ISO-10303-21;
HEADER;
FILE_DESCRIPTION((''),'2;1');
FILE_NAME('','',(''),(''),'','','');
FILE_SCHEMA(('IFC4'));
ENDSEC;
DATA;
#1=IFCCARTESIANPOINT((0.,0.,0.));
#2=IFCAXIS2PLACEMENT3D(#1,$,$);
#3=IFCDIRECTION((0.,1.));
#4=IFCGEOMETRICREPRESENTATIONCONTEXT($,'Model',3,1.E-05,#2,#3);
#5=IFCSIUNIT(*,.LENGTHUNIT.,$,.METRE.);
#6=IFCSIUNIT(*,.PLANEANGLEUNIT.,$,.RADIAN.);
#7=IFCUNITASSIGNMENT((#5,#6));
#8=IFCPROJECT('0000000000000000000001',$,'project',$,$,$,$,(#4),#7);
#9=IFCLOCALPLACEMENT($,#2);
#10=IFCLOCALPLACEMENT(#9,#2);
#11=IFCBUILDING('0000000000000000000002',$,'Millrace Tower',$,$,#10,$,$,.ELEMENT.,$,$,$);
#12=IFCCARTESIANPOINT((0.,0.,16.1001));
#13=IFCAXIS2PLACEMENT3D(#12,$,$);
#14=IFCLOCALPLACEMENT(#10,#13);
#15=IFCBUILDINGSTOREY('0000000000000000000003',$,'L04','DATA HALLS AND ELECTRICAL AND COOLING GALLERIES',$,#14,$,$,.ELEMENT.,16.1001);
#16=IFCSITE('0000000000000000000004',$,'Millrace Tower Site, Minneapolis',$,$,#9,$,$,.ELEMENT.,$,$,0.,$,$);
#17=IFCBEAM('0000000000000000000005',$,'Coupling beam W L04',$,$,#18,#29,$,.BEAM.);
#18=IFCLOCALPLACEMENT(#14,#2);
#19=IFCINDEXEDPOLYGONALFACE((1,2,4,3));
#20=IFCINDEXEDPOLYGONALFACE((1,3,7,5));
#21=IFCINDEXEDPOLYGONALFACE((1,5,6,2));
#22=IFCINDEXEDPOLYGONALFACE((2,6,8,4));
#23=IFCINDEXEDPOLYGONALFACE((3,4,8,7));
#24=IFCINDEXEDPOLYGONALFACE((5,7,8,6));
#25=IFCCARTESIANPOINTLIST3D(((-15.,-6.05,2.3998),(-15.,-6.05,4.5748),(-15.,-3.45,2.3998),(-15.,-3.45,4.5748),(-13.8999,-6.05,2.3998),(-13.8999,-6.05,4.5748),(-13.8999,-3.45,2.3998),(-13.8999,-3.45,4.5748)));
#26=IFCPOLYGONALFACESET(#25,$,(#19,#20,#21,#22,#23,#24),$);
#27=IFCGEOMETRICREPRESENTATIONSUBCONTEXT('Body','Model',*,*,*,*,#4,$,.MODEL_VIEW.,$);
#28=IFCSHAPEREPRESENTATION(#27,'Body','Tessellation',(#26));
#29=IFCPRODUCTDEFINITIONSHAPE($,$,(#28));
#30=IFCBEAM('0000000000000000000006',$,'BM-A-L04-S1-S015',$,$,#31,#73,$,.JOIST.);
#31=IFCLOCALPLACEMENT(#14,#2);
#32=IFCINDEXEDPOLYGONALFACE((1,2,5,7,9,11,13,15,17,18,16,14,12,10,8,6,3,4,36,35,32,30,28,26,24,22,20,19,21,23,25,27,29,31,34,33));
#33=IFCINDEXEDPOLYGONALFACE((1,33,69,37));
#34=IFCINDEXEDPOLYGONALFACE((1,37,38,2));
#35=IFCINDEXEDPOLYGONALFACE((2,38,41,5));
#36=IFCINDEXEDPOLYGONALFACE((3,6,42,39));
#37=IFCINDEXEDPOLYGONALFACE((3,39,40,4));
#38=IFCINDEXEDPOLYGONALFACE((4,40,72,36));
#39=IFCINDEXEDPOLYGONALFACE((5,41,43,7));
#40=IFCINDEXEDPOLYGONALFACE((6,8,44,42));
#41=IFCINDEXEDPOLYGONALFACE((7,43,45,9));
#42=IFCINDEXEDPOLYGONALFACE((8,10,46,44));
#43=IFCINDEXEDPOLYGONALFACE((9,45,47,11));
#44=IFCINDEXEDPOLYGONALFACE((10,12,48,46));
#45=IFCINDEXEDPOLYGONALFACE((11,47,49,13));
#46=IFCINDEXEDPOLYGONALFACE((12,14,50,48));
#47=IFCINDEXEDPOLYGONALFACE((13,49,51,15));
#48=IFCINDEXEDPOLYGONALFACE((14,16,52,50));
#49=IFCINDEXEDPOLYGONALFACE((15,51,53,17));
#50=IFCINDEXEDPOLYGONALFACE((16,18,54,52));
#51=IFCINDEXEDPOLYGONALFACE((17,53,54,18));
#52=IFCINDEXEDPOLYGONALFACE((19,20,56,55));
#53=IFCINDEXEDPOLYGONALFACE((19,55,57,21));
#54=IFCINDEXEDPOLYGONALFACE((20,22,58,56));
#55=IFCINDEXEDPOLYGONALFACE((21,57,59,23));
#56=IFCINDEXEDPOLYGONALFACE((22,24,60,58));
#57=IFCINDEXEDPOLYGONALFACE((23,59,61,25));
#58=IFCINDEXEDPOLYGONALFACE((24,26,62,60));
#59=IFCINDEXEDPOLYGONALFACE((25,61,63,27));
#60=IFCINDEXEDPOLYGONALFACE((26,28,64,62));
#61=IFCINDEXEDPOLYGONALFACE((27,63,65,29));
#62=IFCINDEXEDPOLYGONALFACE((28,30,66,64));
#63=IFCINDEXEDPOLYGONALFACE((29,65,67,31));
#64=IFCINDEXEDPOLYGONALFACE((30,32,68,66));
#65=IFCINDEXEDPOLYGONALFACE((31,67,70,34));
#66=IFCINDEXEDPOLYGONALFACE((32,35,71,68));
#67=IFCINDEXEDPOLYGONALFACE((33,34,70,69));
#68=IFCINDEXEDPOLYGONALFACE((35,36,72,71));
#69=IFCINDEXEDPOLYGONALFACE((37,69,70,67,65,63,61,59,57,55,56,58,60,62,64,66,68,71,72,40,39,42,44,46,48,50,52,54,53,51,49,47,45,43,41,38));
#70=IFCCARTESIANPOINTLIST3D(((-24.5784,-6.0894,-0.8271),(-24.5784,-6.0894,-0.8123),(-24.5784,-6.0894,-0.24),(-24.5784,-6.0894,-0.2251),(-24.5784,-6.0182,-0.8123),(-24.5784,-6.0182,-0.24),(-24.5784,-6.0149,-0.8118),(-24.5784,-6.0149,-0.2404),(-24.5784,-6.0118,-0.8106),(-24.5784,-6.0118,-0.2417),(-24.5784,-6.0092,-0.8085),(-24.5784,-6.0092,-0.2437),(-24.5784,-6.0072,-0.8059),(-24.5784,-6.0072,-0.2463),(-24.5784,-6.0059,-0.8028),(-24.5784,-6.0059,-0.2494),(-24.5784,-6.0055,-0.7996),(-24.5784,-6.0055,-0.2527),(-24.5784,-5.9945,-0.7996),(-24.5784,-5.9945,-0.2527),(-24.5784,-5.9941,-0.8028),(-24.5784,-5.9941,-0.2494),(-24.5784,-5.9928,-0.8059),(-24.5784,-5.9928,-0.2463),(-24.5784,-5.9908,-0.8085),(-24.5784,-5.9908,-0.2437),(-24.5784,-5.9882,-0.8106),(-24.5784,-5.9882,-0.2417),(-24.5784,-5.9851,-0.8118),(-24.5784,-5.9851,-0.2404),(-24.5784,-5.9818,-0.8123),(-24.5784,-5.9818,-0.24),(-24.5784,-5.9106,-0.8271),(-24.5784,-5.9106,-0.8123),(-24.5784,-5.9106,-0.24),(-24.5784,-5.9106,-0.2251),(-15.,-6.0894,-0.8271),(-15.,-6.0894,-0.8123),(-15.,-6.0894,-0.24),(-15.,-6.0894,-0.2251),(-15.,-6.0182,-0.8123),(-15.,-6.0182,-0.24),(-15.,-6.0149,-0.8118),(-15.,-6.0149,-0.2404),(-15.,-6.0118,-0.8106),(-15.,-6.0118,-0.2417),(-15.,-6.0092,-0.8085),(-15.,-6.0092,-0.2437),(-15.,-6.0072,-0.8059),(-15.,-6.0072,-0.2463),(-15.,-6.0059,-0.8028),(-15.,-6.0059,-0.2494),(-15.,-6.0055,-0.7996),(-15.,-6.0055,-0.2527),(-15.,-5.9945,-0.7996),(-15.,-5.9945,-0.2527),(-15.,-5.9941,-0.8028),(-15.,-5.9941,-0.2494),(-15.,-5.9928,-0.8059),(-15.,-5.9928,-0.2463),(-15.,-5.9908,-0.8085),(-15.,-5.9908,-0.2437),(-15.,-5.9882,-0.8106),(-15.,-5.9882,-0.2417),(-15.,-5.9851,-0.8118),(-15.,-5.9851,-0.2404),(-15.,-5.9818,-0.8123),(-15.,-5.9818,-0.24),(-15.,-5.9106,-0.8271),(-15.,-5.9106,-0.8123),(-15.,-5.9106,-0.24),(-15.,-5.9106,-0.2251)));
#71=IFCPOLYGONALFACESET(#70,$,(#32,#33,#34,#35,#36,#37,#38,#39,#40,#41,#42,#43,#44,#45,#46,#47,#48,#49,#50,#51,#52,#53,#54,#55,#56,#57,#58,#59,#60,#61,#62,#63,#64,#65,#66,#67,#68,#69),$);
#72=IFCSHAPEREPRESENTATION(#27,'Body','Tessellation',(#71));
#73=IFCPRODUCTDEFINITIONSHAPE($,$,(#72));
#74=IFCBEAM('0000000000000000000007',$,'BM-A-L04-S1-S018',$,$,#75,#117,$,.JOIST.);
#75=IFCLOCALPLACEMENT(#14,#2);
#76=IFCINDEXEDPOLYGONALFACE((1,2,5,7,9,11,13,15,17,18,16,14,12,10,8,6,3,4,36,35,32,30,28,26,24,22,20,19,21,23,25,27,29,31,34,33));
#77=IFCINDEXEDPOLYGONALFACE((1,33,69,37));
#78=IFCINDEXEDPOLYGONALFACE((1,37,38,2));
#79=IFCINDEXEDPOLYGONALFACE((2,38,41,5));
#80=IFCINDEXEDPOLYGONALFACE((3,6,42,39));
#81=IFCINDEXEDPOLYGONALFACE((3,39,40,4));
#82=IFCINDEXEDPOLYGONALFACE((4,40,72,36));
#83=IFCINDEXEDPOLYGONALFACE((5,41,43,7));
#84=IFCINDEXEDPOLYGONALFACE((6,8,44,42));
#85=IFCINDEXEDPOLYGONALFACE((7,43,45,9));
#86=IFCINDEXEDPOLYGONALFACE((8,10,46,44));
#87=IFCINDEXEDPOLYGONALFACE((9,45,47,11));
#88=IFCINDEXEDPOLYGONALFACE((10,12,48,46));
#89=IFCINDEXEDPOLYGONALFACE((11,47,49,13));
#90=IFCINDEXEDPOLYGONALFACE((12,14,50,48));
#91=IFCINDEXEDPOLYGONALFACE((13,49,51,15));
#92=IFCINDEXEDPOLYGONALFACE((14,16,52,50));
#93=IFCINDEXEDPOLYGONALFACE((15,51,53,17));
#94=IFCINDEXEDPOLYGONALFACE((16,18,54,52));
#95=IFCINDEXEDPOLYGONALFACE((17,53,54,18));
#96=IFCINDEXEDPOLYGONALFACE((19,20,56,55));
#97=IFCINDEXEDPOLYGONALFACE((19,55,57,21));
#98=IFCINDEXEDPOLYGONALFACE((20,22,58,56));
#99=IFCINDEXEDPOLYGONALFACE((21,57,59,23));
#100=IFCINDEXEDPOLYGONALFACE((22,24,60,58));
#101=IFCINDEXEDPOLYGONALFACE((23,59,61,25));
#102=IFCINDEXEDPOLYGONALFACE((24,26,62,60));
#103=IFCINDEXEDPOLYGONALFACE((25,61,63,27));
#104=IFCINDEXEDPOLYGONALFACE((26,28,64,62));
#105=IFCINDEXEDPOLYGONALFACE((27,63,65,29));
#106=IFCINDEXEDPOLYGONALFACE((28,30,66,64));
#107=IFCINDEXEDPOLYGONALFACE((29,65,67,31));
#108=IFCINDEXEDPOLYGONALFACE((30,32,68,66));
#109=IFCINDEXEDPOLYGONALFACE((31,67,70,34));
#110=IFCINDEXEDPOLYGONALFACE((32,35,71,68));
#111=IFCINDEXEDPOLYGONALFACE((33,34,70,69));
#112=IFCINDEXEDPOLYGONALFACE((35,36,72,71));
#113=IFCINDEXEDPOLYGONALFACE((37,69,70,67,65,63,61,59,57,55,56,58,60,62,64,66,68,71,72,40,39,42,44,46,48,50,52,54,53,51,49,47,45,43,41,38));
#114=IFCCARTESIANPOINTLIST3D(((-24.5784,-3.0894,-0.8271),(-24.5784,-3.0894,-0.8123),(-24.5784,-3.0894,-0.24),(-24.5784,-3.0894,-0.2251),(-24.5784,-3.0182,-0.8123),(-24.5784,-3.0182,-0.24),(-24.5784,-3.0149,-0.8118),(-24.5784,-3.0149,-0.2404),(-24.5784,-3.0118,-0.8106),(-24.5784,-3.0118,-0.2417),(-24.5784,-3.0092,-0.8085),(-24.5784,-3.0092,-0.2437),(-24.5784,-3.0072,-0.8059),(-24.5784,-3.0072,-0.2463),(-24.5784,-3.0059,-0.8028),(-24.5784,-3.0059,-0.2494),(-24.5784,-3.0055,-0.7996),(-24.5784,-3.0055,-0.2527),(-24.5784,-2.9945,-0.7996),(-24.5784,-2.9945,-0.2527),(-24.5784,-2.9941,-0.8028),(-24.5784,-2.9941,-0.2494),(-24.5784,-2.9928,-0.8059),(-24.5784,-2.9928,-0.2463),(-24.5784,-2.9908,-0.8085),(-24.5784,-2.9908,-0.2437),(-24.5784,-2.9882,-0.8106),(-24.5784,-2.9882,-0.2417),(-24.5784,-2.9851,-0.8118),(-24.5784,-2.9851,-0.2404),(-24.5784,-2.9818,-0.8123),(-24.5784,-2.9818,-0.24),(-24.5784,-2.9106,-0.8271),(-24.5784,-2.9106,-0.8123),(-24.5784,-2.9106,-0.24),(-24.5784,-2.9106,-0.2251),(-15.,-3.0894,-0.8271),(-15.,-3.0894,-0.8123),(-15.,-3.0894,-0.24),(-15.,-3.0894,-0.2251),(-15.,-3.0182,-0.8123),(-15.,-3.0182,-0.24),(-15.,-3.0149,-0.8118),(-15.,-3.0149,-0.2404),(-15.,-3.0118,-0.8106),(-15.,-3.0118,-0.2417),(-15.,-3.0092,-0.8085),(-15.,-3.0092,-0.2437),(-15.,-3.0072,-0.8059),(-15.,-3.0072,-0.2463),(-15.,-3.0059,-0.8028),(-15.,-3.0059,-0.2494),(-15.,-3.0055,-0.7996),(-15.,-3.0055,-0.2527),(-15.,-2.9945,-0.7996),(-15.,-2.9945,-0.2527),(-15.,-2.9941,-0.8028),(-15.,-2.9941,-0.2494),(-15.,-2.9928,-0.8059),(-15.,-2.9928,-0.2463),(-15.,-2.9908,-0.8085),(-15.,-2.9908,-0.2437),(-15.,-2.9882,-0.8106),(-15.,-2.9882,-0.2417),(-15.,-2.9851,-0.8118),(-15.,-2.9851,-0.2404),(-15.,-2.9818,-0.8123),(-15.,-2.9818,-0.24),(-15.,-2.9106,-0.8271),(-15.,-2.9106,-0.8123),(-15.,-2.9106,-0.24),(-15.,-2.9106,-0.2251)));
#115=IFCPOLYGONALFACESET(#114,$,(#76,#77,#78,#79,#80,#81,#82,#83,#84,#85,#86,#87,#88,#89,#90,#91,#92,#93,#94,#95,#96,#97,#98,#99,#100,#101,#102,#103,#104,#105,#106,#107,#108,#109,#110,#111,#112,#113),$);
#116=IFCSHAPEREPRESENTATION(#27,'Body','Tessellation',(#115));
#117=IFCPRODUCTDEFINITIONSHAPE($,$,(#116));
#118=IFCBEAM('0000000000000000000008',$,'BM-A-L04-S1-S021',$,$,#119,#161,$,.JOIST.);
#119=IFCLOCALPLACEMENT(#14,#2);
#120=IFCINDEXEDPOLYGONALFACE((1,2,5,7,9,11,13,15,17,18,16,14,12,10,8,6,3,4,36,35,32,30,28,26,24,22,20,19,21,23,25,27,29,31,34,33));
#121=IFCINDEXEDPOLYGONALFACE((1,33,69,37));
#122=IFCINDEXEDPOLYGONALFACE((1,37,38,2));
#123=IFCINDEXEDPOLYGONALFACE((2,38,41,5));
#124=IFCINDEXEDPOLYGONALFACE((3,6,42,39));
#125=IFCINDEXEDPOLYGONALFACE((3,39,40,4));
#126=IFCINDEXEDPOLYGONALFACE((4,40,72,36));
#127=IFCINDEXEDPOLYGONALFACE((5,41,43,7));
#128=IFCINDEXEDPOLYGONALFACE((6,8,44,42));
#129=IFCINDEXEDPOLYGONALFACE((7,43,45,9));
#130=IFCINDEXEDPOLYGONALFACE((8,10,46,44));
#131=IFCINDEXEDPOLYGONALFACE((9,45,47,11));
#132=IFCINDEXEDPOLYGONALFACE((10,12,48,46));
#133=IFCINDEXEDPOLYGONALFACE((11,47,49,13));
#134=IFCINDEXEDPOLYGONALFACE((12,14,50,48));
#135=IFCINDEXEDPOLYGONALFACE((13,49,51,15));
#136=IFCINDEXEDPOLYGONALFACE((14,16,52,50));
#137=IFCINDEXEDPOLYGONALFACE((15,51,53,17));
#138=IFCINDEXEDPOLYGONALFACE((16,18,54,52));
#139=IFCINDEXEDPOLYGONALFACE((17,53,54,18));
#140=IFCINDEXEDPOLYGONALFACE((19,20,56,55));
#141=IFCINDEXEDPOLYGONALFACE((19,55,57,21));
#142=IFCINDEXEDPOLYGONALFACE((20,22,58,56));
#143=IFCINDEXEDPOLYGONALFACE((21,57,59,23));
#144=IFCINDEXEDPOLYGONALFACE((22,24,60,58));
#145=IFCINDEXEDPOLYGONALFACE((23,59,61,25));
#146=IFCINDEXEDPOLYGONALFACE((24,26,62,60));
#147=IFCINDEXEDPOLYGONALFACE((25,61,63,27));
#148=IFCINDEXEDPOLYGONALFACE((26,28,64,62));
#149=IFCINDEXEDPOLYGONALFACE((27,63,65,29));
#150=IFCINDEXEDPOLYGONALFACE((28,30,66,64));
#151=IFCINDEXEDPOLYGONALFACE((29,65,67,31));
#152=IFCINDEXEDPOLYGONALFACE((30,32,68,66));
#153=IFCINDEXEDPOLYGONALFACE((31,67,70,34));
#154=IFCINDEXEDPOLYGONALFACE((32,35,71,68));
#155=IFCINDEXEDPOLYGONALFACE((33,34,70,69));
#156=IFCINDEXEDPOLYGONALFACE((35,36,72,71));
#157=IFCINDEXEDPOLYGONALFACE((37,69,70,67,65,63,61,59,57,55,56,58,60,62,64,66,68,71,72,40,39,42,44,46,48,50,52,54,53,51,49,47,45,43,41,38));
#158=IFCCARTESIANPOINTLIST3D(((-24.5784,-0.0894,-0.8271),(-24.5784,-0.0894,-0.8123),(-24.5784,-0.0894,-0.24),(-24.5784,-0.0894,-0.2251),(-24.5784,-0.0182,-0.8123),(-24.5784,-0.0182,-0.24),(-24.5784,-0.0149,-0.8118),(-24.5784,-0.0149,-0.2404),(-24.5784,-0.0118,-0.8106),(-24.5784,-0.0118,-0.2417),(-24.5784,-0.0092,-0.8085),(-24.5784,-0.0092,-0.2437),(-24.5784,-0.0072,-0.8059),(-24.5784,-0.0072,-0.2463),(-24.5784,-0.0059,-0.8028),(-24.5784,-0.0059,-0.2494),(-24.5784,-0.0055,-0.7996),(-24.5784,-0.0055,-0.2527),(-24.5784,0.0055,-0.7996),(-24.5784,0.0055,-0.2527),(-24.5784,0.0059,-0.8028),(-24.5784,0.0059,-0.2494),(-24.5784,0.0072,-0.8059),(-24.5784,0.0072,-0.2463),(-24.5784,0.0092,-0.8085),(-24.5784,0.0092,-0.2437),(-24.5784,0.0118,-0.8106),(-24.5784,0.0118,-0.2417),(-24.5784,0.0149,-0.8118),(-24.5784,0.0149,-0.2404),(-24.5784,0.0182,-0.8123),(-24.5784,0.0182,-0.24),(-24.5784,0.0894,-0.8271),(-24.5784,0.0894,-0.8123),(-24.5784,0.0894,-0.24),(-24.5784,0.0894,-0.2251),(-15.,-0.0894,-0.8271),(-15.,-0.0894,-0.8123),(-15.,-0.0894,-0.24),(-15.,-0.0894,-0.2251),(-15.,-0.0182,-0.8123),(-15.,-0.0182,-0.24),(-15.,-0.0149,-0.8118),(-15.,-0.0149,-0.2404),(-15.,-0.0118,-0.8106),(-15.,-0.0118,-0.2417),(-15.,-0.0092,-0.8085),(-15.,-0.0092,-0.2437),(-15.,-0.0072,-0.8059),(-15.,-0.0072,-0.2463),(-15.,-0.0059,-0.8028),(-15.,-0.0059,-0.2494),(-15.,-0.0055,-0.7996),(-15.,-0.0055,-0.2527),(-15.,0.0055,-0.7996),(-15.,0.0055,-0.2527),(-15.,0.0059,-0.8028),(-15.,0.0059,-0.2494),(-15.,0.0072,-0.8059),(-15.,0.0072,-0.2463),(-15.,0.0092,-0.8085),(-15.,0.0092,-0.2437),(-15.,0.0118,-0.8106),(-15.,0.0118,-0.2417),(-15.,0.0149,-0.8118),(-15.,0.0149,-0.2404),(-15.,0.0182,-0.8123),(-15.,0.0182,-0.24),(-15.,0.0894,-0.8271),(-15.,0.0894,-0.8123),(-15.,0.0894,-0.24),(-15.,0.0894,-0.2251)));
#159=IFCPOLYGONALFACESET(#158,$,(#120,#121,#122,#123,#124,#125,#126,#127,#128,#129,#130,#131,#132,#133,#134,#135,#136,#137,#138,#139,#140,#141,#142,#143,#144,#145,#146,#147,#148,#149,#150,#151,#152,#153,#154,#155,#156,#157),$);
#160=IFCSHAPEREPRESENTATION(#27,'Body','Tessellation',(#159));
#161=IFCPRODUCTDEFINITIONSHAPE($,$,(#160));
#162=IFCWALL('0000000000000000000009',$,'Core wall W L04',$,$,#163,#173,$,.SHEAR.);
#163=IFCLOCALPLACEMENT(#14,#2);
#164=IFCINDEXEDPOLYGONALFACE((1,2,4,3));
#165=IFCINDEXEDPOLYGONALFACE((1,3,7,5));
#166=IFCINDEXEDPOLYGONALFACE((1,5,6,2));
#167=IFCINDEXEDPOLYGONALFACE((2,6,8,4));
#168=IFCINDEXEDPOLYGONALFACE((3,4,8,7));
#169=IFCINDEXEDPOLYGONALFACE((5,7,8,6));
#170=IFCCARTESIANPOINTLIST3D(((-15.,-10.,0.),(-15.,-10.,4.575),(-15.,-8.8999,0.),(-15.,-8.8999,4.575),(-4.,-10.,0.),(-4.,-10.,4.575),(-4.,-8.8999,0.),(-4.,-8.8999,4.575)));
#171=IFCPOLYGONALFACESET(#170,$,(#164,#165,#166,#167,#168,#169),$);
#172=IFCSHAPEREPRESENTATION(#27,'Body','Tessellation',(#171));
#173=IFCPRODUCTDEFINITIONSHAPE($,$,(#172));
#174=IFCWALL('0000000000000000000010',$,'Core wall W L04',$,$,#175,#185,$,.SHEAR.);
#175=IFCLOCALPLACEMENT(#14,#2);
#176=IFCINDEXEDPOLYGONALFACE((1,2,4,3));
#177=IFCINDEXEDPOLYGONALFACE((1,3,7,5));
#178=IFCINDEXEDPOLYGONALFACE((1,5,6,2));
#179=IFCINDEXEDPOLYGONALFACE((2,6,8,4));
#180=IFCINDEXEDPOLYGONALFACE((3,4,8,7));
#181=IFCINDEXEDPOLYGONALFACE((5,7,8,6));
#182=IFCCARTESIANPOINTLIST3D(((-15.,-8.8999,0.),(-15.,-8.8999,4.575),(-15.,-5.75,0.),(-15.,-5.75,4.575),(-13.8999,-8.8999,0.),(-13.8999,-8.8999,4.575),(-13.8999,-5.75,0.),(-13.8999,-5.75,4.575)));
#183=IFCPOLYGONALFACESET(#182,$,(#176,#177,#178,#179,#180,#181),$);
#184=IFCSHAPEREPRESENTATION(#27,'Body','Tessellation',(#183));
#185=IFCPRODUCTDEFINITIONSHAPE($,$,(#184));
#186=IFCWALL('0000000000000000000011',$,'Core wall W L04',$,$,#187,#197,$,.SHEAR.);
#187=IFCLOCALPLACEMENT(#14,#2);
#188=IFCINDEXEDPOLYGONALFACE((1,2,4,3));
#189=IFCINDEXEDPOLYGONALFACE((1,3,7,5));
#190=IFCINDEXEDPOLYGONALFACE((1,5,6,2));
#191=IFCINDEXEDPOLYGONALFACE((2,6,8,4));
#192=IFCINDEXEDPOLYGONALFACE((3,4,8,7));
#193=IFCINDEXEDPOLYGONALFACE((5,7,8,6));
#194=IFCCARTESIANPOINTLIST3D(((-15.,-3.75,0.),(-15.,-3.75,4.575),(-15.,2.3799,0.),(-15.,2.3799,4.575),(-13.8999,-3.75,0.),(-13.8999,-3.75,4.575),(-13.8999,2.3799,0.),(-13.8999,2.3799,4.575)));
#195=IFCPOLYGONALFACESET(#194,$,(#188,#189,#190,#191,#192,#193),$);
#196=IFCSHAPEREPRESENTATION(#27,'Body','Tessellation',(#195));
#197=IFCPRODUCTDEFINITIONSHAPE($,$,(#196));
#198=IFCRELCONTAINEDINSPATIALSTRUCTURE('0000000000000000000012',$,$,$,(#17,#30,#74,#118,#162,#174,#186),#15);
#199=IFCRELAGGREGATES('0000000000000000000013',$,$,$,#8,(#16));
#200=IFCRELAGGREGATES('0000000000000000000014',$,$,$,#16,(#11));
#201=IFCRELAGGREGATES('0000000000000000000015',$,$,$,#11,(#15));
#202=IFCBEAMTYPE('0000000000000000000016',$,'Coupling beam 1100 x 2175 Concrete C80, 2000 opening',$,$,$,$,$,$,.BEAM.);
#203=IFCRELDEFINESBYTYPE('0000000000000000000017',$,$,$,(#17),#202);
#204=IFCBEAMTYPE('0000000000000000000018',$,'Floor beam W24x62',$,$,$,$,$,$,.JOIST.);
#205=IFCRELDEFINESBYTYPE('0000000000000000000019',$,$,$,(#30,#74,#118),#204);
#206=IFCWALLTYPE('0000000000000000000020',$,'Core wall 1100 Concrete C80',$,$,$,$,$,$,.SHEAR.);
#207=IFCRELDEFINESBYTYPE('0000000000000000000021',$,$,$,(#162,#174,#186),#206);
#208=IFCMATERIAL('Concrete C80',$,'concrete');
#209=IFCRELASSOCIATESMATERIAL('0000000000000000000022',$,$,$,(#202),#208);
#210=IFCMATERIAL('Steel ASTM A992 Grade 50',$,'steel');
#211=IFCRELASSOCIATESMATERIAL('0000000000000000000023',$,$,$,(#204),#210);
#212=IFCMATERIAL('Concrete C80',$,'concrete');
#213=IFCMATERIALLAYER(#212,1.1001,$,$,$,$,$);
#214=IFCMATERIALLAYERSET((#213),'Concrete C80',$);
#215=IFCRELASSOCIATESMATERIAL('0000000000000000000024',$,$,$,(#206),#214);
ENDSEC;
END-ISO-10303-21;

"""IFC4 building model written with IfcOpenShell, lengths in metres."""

from ifc_helpers import new_model, si_unit, direction, frame, frame_2d, origin, origin_2d, place, context, subcontext, project, spatial, rectangle, i_section, extrude, material, layer, layer_set, material_profile, profile_set, type_object, element, save


model = new_model("IFC4")

# Units and contexts
model_context = context("Model", 3, precision=1e-05, world=origin(), true_north=direction((0.0, 1.0)))
body_context = subcontext(model_context, "Body", "Model", "MODEL_VIEW")
ifc_project = project(units=[si_unit("LENGTHUNIT", "METRE"), si_unit("PLANEANGLEUNIT", "RADIAN")], contexts=[model_context])

# Site, building, storey
site_placement = place(None, origin())
site = spatial("IfcSite", under=ifc_project, at=site_placement, Name="Millrace Tower Site, Minneapolis", CompositionType="ELEMENT", RefElevation=0.0)
building_placement = place(site_placement, origin())
building = spatial("IfcBuilding", under=site, at=building_placement, Name="Millrace Tower", CompositionType="ELEMENT")
storey_placement = place(building_placement, frame((0.0, 0.0, 16.1001)))
storey = spatial("IfcBuildingStorey", under=building, at=storey_placement, Name="L04", Description="DATA HALLS AND ELECTRICAL AND COOLING GALLERIES", CompositionType="ELEMENT", Elevation=16.1001)

# Beams
ifc_material_1 = material(Name="Concrete C80", Category="concrete")
ifc_material_profile_1 = material_profile(ifc_material_1, rectangle(XDim=1.1001, YDim=2.175, at=origin_2d()))
ifc_profile_set_1 = profile_set([ifc_material_profile_1], Name="Concrete C80")
beam_type_1 = type_object("IfcBeamType", Name="Coupling beam 1100 x 2175 Concrete C80, 2000 opening", PredefinedType="BEAM", material=ifc_profile_set_1)
beam_placement = place(storey_placement, frame((-14.45, -6.05, 3.4873), z_axis=(0.0, 1.0, 0.0), x_axis=(-1.0, 0.0, 0.0)))
element("IfcBeam", 1, at=beam_placement, inside=storey, type_object=beam_type_1, Name="Coupling beam W L04", PredefinedType="BEAM", context=body_context, shape_type="SweptSolid", body=[
    extrude(rectangle(XDim=1.1001, YDim=2.175, at=origin_2d()), origin(), (0.0, 0.0, 1.0), 2.6001),
])
ifc_material_2 = material(Name="Steel ASTM A992 Grade 50", Category="steel")
ifc_material_profile_2 = material_profile(ifc_material_2, i_section(OverallWidth=0.1787, OverallDepth=0.6021, WebThickness=0.011, FlangeThickness=0.0149, FilletRadius=0.0127, at=origin_2d()))
ifc_profile_set_2 = profile_set([ifc_material_profile_2], Name="Steel ASTM A992 Grade 50")
beam_type_2 = type_object("IfcBeamType", Name="Floor beam W24x62", PredefinedType="JOIST", material=ifc_profile_set_2)
for number, where, z_axis, x_axis, name in (
    (2, (-24.5784, -6.0, -0.5261), (1.0, 0.0, 0.0), (0.0, 1.0, 0.0), "BM-A-L04-S1-S015"),
    (3, (-24.5784, -3.0, -0.5261), (1.0, 0.0, 0.0), (0.0, 1.0, 0.0), "BM-A-L04-S1-S018"),
    (4, (-24.5784, 0.0, -0.5261), (1.0, 0.0, 0.0), (0.0, 1.0, 0.0), "BM-A-L04-S1-S021"),
):
    element("IfcBeam", number, at=place(storey_placement, frame(where, z_axis=z_axis, x_axis=x_axis)), inside=storey, type_object=beam_type_2, Name=name, PredefinedType="JOIST", context=body_context, shape_type="SweptSolid", body=[
        extrude(i_section(OverallWidth=0.1787, OverallDepth=0.6021, WebThickness=0.011, FlangeThickness=0.0149, FilletRadius=0.0127, at=origin_2d()), origin(), (0.0, 0.0, 1.0), 9.5784),
    ])

# Walls
ifc_material_3 = material(Name="Concrete C80", Category="concrete")
ifc_layer_1 = layer(ifc_material_3, 1.1001)
ifc_layer_set_1 = layer_set([ifc_layer_1], Name="Concrete C80")
wall_type_1 = type_object("IfcWallType", Name="Core wall 1100 Concrete C80", PredefinedType="SHEAR", material=ifc_layer_set_1)
wall_1_placement = place(storey_placement, frame((-15.0, -9.45, 0.0), z_axis=(0.0, 0.0, 1.0), x_axis=(1.0, 0.0, 0.0)))
element("IfcWall", 5, at=wall_1_placement, inside=storey, type_object=wall_type_1, Name="Core wall W L04", PredefinedType="SHEAR", context=body_context, shape_type="SweptSolid", body=[
    extrude(rectangle(XDim=11.0, YDim=1.1001, at=frame_2d((5.5, 0.0))), origin(), (0.0, 0.0, 1.0), 4.575),
])
wall_2_placement = place(storey_placement, frame((-14.45, -8.8999, 0.0), z_axis=(0.0, 0.0, 1.0), x_axis=(0.0, 1.0, 0.0)))
element("IfcWall", 6, at=wall_2_placement, inside=storey, type_object=wall_type_1, Name="Core wall W L04", PredefinedType="SHEAR", context=body_context, shape_type="SweptSolid", body=[
    extrude(rectangle(XDim=3.1499, YDim=1.1001, at=frame_2d((1.575, 0.0))), origin(), (0.0, 0.0, 1.0), 4.575),
])
wall_3_placement = place(storey_placement, frame((-14.45, -3.75, 0.0), z_axis=(0.0, 0.0, 1.0), x_axis=(0.0, 1.0, 0.0)))
element("IfcWall", 7, at=wall_3_placement, inside=storey, type_object=wall_type_1, Name="Core wall W L04", PredefinedType="SHEAR", context=body_context, shape_type="SweptSolid", body=[
    extrude(rectangle(XDim=6.1299, YDim=1.1001, at=frame_2d((3.0649, 0.0))), origin(), (0.0, 0.0, 1.0), 4.575),
])

save(model, "model.ifc")
